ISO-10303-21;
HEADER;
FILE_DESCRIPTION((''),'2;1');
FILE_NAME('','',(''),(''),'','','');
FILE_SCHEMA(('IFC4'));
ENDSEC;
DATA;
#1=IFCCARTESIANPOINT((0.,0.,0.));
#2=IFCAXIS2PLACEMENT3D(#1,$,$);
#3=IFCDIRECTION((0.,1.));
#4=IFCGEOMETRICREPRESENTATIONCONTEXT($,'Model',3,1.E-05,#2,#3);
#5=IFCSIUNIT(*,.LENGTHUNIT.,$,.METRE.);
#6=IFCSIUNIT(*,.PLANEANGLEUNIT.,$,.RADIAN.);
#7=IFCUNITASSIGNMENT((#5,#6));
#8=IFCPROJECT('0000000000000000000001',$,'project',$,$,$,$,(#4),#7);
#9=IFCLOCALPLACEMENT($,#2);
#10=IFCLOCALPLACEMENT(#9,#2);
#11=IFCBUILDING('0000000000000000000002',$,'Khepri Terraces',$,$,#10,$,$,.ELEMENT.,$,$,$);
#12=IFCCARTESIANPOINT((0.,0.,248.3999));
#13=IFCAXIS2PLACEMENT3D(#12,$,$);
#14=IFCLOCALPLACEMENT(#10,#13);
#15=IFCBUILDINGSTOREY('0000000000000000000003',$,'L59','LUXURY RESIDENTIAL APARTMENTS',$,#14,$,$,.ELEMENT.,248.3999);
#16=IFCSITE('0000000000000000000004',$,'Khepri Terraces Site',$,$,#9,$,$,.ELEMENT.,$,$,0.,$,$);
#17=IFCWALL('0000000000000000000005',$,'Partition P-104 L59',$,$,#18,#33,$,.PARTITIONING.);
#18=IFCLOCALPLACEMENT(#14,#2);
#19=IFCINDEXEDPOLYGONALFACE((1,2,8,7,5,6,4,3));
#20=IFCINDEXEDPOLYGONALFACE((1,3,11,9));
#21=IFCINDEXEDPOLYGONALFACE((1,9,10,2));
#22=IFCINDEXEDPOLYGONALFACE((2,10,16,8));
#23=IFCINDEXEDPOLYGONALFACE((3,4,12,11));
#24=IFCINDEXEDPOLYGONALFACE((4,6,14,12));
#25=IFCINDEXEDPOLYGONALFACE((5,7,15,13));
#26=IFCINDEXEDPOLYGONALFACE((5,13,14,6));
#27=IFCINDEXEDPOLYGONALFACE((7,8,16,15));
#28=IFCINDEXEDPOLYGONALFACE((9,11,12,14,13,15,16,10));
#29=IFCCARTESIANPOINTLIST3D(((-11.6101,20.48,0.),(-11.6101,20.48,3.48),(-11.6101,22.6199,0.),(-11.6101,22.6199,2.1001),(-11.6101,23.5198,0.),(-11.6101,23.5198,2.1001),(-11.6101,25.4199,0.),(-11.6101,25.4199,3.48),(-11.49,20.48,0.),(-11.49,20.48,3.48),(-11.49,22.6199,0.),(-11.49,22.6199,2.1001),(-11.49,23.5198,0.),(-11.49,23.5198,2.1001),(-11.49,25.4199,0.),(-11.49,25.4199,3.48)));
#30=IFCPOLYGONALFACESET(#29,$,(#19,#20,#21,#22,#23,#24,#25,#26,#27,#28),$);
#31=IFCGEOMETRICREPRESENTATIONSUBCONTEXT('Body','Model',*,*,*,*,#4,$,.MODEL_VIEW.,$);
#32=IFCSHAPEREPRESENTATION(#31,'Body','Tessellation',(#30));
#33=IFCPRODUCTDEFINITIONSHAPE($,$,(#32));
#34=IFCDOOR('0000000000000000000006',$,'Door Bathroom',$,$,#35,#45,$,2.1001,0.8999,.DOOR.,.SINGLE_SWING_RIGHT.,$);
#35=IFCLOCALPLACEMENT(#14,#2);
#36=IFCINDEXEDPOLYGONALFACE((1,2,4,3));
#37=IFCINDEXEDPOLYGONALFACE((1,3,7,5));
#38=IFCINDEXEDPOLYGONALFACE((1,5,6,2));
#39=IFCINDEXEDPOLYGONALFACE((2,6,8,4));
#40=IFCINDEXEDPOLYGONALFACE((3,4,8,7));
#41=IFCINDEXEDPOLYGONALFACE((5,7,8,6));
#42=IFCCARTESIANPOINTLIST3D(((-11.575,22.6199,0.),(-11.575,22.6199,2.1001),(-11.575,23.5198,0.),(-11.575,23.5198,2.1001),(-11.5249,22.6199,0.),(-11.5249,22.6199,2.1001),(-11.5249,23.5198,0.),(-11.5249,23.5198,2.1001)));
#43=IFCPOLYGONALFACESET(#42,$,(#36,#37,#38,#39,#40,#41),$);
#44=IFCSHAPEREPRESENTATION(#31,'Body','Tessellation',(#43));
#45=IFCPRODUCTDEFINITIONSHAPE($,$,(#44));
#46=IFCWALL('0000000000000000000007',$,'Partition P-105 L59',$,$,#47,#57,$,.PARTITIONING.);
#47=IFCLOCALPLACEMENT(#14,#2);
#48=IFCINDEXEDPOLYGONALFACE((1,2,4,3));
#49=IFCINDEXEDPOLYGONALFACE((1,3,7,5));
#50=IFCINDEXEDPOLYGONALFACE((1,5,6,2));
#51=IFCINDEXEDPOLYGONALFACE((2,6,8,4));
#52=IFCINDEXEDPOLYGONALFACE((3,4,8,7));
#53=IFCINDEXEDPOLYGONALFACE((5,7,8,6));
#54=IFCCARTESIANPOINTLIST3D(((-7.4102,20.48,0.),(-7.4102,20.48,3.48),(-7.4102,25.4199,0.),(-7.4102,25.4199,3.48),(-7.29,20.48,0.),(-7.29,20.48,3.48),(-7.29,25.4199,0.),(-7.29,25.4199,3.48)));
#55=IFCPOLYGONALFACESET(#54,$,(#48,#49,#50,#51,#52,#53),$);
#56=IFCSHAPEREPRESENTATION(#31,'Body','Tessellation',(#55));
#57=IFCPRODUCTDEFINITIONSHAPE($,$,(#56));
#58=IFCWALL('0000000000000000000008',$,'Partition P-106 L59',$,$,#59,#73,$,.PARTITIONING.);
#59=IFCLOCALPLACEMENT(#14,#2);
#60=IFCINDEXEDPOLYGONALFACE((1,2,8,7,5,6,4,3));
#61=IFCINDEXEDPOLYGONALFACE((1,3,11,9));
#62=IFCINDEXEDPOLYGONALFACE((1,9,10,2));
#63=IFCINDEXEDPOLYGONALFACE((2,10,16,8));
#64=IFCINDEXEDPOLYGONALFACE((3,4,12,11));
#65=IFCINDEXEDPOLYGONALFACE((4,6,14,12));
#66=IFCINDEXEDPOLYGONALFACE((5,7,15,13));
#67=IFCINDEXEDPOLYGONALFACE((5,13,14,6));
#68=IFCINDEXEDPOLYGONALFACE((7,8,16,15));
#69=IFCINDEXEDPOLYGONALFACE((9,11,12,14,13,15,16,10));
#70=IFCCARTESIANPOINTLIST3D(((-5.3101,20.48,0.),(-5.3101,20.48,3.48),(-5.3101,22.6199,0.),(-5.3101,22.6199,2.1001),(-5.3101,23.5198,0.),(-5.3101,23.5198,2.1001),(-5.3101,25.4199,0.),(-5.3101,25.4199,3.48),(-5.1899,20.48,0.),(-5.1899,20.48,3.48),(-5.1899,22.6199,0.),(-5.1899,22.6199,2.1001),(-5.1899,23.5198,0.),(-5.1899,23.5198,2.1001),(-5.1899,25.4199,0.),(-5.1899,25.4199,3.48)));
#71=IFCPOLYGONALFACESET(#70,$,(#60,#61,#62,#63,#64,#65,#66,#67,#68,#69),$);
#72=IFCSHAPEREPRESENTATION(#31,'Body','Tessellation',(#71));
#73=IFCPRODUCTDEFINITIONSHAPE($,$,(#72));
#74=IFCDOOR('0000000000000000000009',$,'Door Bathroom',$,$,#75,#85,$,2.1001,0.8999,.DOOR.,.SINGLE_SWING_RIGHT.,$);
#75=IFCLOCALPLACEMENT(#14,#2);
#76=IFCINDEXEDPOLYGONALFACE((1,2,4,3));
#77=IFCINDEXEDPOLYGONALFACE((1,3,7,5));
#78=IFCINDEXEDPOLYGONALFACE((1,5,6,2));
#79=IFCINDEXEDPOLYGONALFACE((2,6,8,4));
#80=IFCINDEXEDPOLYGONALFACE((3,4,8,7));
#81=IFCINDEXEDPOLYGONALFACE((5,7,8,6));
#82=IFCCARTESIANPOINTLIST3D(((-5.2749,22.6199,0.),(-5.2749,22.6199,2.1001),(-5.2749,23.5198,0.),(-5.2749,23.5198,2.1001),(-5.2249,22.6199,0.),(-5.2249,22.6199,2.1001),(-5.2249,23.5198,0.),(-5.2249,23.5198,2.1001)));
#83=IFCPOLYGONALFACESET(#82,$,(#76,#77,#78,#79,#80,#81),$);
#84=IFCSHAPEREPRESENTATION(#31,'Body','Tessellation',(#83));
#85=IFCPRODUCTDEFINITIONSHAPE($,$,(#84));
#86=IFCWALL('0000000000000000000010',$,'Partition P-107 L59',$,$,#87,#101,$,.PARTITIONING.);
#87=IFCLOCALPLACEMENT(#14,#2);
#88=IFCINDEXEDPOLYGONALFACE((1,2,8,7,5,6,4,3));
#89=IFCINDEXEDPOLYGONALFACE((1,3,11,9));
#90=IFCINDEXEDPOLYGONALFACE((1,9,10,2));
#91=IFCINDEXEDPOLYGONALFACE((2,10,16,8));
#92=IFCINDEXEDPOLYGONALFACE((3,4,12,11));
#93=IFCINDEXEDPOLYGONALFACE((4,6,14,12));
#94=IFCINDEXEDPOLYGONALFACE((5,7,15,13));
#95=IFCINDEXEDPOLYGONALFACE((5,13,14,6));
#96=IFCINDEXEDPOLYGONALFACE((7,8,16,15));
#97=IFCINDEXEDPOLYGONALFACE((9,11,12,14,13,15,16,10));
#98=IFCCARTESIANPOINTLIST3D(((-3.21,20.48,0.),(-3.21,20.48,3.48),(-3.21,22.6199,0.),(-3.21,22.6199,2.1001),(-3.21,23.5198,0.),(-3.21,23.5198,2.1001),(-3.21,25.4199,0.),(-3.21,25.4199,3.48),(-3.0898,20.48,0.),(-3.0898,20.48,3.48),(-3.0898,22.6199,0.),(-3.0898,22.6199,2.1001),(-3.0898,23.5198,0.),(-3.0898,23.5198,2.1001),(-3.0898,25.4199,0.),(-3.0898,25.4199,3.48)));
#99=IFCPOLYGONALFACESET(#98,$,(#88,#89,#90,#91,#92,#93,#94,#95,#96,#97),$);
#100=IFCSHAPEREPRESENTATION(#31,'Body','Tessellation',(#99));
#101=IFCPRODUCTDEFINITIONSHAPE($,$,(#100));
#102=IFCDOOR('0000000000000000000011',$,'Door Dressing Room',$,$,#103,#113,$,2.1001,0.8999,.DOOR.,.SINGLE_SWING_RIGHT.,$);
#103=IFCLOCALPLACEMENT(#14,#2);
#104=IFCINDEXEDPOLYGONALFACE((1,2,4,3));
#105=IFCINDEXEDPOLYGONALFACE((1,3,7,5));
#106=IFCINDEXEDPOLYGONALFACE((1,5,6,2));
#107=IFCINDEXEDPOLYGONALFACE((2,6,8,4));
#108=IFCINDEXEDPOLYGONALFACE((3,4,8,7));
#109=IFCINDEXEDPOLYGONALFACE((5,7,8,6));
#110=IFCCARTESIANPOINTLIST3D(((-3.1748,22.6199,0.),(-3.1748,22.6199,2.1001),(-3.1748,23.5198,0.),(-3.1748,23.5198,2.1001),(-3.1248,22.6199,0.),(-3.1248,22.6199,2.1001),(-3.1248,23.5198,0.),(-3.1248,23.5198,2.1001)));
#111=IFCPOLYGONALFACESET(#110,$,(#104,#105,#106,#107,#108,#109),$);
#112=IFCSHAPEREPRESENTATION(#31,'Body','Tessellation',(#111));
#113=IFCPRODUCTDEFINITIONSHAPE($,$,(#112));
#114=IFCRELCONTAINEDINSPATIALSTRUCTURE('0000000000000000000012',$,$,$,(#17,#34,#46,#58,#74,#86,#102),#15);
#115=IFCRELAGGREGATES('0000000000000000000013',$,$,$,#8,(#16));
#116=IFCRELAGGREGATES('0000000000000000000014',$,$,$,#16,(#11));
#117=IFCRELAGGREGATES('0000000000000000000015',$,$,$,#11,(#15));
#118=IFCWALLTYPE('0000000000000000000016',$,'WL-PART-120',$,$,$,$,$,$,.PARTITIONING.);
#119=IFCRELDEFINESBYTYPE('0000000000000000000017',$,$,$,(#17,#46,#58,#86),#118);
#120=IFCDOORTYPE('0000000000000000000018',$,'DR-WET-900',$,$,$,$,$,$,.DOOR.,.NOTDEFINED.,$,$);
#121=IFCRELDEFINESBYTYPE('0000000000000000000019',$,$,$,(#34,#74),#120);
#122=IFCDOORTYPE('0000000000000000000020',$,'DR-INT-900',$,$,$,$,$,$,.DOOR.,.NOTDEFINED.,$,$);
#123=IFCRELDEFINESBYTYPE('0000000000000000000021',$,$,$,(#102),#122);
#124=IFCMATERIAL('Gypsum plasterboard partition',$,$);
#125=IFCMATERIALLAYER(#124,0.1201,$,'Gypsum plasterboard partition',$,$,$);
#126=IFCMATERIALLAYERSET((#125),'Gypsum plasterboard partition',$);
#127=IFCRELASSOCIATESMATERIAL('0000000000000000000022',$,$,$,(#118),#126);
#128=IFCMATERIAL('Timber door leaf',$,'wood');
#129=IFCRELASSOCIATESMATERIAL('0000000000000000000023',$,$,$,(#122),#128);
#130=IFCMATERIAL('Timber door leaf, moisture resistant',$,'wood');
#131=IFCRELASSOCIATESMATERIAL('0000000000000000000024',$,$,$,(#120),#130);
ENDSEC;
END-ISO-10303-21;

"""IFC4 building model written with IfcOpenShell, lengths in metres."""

from ifc_helpers import new_model, si_unit, direction, frame, frame_2d, origin, place, context, subcontext, project, spatial, rectangle, extrude, material, layer, layer_set, type_object, element, fill, save


model = new_model("IFC4")

# Units and contexts
model_context = context("Model", 3, precision=1e-05, world=origin(), true_north=direction((0.0, 1.0)))
body_context = subcontext(model_context, "Body", "Model", "MODEL_VIEW")
ifc_project = project(units=[si_unit("LENGTHUNIT", "METRE"), si_unit("PLANEANGLEUNIT", "RADIAN")], contexts=[model_context])

# Site, building, storey
site_placement = place(None, origin())
site = spatial("IfcSite", under=ifc_project, at=site_placement, Name="Khepri Terraces Site", CompositionType="ELEMENT", RefElevation=0.0)
building_placement = place(site_placement, origin())
building = spatial("IfcBuilding", under=site, at=building_placement, Name="Khepri Terraces", CompositionType="ELEMENT")
storey_placement = place(building_placement, frame((0.0, 0.0, 248.3999)))
storey = spatial("IfcBuildingStorey", under=building, at=storey_placement, Name="L59", Description="LUXURY RESIDENTIAL APARTMENTS", CompositionType="ELEMENT", Elevation=248.3999)

# Shared definitions
ifc_material_1 = material(Name="Gypsum plasterboard partition")
ifc_layer_1 = layer(ifc_material_1, 0.1201, Name="Gypsum plasterboard partition")
ifc_layer_set_1 = layer_set([ifc_layer_1], Name="Gypsum plasterboard partition")
wall_type_1 = type_object("IfcWallType", Name="WL-PART-120", PredefinedType="PARTITIONING", material=ifc_layer_set_1)
ifc_material_2 = material(Name="Timber door leaf", Category="wood")
door_type_1 = type_object("IfcDoorType", Name="DR-INT-900", OperationType="NOTDEFINED", PredefinedType="DOOR", material=ifc_material_2)

# Wall, opening, door
wall_1_placement = place(storey_placement, frame((-11.55, 20.48, 0.0), z_axis=(0.0, 0.0, 1.0), x_axis=(0.0, 1.0, 0.0)))
wall_1 = element("IfcWall", 1, at=wall_1_placement, inside=storey, type_object=wall_type_1, Name="Partition P-104 L59", PredefinedType="PARTITIONING", context=body_context, shape_type="SweptSolid", body=[
    extrude(rectangle(XDim=4.9399, YDim=0.1201, at=frame_2d((2.47, 0.0))), origin(), (0.0, 0.0, 1.0), 3.48),
])
opening_1_placement = place(wall_1_placement, frame((2.1399, 0.0, 0.0)))
opening_1 = element("IfcOpeningElement", 2, at=opening_1_placement, cuts=wall_1, PredefinedType="OPENING", context=body_context, shape_type="SweptSolid", body=[
    extrude(rectangle(XDim=0.8999, YDim=2.1001, at=frame_2d((0.45, 1.05))), frame((0.0, 0.0701, 0.0), z_axis=(0.0, -1.0, 0.0), x_axis=(1.0, 0.0, 0.0)), (0.0, 0.0, 1.0), 0.1401),
])
ifc_material_3 = material(Name="Timber door leaf, moisture resistant", Category="wood")
door_type_2 = type_object("IfcDoorType", Name="DR-WET-900", OperationType="NOTDEFINED", PredefinedType="DOOR", material=ifc_material_3)
door_1_placement = place(opening_1_placement, origin())
door_1 = element("IfcDoor", 3, at=door_1_placement, inside=storey, type_object=door_type_2, Name="Door Bathroom", OperationType="SINGLE_SWING_RIGHT", OverallHeight=2.1001, OverallWidth=0.8999, PredefinedType="DOOR", context=body_context, shape_type="SweptSolid", body=[
    extrude(rectangle(XDim=0.8999, YDim=2.1001, at=frame_2d((0.45, 1.05))), frame((0.0, 0.0249, 0.0), z_axis=(0.0, -1.0, 0.0), x_axis=(1.0, 0.0, 0.0)), (0.0, 0.0, 1.0), 0.05),
])
fill(opening_1, door_1)

# Wall
wall_2_placement = place(storey_placement, frame((-7.3501, 20.48, 0.0), z_axis=(0.0, 0.0, 1.0), x_axis=(0.0, 1.0, 0.0)))
element("IfcWall", 4, at=wall_2_placement, inside=storey, type_object=wall_type_1, Name="Partition P-105 L59", PredefinedType="PARTITIONING", context=body_context, shape_type="SweptSolid", body=[
    extrude(rectangle(XDim=4.9399, YDim=0.1201, at=frame_2d((2.47, 0.0))), origin(), (0.0, 0.0, 1.0), 3.48),
])

# Walls, openings, doors
wall_3_placement = place(storey_placement, frame((-5.25, 20.48, 0.0), z_axis=(0.0, 0.0, 1.0), x_axis=(0.0, 1.0, 0.0)))
wall_3 = element("IfcWall", 5, at=wall_3_placement, inside=storey, type_object=wall_type_1, Name="Partition P-106 L59", PredefinedType="PARTITIONING", context=body_context, shape_type="SweptSolid", body=[
    extrude(rectangle(XDim=4.9399, YDim=0.1201, at=frame_2d((2.47, 0.0))), origin(), (0.0, 0.0, 1.0), 3.48),
])
opening_2_placement = place(wall_3_placement, frame((2.1399, 0.0, 0.0)))
opening_2 = element("IfcOpeningElement", 6, at=opening_2_placement, cuts=wall_3, PredefinedType="OPENING", context=body_context, shape_type="SweptSolid", body=[
    extrude(rectangle(XDim=0.8999, YDim=2.1001, at=frame_2d((0.45, 1.05))), frame((0.0, 0.0701, 0.0), z_axis=(0.0, -1.0, 0.0), x_axis=(1.0, 0.0, 0.0)), (0.0, 0.0, 1.0), 0.1401),
])
door_2_placement = place(opening_2_placement, origin())
door_2 = element("IfcDoor", 7, at=door_2_placement, inside=storey, type_object=door_type_2, Name="Door Bathroom", OperationType="SINGLE_SWING_RIGHT", OverallHeight=2.1001, OverallWidth=0.8999, PredefinedType="DOOR", context=body_context, shape_type="SweptSolid", body=[
    extrude(rectangle(XDim=0.8999, YDim=2.1001, at=frame_2d((0.45, 1.05))), frame((0.0, 0.0249, 0.0), z_axis=(0.0, -1.0, 0.0), x_axis=(1.0, 0.0, 0.0)), (0.0, 0.0, 1.0), 0.05),
])
fill(opening_2, door_2)
wall_4_placement = place(storey_placement, frame((-3.1499, 20.48, 0.0), z_axis=(0.0, 0.0, 1.0), x_axis=(0.0, 1.0, 0.0)))
wall_4 = element("IfcWall", 8, at=wall_4_placement, inside=storey, type_object=wall_type_1, Name="Partition P-107 L59", PredefinedType="PARTITIONING", context=body_context, shape_type="SweptSolid", body=[
    extrude(rectangle(XDim=4.9399, YDim=0.1201, at=frame_2d((2.47, 0.0))), origin(), (0.0, 0.0, 1.0), 3.48),
])
opening_3_placement = place(wall_4_placement, frame((2.1399, 0.0, 0.0)))
opening_3 = element("IfcOpeningElement", 9, at=opening_3_placement, cuts=wall_4, PredefinedType="OPENING", context=body_context, shape_type="SweptSolid", body=[
    extrude(rectangle(XDim=0.8999, YDim=2.1001, at=frame_2d((0.45, 1.05))), frame((0.0, 0.0701, 0.0), z_axis=(0.0, -1.0, 0.0), x_axis=(1.0, 0.0, 0.0)), (0.0, 0.0, 1.0), 0.1401),
])
door_3_placement = place(opening_3_placement, origin())
door_3 = element("IfcDoor", 10, at=door_3_placement, inside=storey, type_object=door_type_1, Name="Door Dressing Room", OperationType="SINGLE_SWING_RIGHT", OverallHeight=2.1001, OverallWidth=0.8999, PredefinedType="DOOR", context=body_context, shape_type="SweptSolid", body=[
    extrude(rectangle(XDim=0.8999, YDim=2.1001, at=frame_2d((0.45, 1.05))), frame((0.0, 0.0249, 0.0), z_axis=(0.0, -1.0, 0.0), x_axis=(1.0, 0.0, 0.0)), (0.0, 0.0, 1.0), 0.05),
])
fill(opening_3, door_3)

save(model, "model.ifc")
